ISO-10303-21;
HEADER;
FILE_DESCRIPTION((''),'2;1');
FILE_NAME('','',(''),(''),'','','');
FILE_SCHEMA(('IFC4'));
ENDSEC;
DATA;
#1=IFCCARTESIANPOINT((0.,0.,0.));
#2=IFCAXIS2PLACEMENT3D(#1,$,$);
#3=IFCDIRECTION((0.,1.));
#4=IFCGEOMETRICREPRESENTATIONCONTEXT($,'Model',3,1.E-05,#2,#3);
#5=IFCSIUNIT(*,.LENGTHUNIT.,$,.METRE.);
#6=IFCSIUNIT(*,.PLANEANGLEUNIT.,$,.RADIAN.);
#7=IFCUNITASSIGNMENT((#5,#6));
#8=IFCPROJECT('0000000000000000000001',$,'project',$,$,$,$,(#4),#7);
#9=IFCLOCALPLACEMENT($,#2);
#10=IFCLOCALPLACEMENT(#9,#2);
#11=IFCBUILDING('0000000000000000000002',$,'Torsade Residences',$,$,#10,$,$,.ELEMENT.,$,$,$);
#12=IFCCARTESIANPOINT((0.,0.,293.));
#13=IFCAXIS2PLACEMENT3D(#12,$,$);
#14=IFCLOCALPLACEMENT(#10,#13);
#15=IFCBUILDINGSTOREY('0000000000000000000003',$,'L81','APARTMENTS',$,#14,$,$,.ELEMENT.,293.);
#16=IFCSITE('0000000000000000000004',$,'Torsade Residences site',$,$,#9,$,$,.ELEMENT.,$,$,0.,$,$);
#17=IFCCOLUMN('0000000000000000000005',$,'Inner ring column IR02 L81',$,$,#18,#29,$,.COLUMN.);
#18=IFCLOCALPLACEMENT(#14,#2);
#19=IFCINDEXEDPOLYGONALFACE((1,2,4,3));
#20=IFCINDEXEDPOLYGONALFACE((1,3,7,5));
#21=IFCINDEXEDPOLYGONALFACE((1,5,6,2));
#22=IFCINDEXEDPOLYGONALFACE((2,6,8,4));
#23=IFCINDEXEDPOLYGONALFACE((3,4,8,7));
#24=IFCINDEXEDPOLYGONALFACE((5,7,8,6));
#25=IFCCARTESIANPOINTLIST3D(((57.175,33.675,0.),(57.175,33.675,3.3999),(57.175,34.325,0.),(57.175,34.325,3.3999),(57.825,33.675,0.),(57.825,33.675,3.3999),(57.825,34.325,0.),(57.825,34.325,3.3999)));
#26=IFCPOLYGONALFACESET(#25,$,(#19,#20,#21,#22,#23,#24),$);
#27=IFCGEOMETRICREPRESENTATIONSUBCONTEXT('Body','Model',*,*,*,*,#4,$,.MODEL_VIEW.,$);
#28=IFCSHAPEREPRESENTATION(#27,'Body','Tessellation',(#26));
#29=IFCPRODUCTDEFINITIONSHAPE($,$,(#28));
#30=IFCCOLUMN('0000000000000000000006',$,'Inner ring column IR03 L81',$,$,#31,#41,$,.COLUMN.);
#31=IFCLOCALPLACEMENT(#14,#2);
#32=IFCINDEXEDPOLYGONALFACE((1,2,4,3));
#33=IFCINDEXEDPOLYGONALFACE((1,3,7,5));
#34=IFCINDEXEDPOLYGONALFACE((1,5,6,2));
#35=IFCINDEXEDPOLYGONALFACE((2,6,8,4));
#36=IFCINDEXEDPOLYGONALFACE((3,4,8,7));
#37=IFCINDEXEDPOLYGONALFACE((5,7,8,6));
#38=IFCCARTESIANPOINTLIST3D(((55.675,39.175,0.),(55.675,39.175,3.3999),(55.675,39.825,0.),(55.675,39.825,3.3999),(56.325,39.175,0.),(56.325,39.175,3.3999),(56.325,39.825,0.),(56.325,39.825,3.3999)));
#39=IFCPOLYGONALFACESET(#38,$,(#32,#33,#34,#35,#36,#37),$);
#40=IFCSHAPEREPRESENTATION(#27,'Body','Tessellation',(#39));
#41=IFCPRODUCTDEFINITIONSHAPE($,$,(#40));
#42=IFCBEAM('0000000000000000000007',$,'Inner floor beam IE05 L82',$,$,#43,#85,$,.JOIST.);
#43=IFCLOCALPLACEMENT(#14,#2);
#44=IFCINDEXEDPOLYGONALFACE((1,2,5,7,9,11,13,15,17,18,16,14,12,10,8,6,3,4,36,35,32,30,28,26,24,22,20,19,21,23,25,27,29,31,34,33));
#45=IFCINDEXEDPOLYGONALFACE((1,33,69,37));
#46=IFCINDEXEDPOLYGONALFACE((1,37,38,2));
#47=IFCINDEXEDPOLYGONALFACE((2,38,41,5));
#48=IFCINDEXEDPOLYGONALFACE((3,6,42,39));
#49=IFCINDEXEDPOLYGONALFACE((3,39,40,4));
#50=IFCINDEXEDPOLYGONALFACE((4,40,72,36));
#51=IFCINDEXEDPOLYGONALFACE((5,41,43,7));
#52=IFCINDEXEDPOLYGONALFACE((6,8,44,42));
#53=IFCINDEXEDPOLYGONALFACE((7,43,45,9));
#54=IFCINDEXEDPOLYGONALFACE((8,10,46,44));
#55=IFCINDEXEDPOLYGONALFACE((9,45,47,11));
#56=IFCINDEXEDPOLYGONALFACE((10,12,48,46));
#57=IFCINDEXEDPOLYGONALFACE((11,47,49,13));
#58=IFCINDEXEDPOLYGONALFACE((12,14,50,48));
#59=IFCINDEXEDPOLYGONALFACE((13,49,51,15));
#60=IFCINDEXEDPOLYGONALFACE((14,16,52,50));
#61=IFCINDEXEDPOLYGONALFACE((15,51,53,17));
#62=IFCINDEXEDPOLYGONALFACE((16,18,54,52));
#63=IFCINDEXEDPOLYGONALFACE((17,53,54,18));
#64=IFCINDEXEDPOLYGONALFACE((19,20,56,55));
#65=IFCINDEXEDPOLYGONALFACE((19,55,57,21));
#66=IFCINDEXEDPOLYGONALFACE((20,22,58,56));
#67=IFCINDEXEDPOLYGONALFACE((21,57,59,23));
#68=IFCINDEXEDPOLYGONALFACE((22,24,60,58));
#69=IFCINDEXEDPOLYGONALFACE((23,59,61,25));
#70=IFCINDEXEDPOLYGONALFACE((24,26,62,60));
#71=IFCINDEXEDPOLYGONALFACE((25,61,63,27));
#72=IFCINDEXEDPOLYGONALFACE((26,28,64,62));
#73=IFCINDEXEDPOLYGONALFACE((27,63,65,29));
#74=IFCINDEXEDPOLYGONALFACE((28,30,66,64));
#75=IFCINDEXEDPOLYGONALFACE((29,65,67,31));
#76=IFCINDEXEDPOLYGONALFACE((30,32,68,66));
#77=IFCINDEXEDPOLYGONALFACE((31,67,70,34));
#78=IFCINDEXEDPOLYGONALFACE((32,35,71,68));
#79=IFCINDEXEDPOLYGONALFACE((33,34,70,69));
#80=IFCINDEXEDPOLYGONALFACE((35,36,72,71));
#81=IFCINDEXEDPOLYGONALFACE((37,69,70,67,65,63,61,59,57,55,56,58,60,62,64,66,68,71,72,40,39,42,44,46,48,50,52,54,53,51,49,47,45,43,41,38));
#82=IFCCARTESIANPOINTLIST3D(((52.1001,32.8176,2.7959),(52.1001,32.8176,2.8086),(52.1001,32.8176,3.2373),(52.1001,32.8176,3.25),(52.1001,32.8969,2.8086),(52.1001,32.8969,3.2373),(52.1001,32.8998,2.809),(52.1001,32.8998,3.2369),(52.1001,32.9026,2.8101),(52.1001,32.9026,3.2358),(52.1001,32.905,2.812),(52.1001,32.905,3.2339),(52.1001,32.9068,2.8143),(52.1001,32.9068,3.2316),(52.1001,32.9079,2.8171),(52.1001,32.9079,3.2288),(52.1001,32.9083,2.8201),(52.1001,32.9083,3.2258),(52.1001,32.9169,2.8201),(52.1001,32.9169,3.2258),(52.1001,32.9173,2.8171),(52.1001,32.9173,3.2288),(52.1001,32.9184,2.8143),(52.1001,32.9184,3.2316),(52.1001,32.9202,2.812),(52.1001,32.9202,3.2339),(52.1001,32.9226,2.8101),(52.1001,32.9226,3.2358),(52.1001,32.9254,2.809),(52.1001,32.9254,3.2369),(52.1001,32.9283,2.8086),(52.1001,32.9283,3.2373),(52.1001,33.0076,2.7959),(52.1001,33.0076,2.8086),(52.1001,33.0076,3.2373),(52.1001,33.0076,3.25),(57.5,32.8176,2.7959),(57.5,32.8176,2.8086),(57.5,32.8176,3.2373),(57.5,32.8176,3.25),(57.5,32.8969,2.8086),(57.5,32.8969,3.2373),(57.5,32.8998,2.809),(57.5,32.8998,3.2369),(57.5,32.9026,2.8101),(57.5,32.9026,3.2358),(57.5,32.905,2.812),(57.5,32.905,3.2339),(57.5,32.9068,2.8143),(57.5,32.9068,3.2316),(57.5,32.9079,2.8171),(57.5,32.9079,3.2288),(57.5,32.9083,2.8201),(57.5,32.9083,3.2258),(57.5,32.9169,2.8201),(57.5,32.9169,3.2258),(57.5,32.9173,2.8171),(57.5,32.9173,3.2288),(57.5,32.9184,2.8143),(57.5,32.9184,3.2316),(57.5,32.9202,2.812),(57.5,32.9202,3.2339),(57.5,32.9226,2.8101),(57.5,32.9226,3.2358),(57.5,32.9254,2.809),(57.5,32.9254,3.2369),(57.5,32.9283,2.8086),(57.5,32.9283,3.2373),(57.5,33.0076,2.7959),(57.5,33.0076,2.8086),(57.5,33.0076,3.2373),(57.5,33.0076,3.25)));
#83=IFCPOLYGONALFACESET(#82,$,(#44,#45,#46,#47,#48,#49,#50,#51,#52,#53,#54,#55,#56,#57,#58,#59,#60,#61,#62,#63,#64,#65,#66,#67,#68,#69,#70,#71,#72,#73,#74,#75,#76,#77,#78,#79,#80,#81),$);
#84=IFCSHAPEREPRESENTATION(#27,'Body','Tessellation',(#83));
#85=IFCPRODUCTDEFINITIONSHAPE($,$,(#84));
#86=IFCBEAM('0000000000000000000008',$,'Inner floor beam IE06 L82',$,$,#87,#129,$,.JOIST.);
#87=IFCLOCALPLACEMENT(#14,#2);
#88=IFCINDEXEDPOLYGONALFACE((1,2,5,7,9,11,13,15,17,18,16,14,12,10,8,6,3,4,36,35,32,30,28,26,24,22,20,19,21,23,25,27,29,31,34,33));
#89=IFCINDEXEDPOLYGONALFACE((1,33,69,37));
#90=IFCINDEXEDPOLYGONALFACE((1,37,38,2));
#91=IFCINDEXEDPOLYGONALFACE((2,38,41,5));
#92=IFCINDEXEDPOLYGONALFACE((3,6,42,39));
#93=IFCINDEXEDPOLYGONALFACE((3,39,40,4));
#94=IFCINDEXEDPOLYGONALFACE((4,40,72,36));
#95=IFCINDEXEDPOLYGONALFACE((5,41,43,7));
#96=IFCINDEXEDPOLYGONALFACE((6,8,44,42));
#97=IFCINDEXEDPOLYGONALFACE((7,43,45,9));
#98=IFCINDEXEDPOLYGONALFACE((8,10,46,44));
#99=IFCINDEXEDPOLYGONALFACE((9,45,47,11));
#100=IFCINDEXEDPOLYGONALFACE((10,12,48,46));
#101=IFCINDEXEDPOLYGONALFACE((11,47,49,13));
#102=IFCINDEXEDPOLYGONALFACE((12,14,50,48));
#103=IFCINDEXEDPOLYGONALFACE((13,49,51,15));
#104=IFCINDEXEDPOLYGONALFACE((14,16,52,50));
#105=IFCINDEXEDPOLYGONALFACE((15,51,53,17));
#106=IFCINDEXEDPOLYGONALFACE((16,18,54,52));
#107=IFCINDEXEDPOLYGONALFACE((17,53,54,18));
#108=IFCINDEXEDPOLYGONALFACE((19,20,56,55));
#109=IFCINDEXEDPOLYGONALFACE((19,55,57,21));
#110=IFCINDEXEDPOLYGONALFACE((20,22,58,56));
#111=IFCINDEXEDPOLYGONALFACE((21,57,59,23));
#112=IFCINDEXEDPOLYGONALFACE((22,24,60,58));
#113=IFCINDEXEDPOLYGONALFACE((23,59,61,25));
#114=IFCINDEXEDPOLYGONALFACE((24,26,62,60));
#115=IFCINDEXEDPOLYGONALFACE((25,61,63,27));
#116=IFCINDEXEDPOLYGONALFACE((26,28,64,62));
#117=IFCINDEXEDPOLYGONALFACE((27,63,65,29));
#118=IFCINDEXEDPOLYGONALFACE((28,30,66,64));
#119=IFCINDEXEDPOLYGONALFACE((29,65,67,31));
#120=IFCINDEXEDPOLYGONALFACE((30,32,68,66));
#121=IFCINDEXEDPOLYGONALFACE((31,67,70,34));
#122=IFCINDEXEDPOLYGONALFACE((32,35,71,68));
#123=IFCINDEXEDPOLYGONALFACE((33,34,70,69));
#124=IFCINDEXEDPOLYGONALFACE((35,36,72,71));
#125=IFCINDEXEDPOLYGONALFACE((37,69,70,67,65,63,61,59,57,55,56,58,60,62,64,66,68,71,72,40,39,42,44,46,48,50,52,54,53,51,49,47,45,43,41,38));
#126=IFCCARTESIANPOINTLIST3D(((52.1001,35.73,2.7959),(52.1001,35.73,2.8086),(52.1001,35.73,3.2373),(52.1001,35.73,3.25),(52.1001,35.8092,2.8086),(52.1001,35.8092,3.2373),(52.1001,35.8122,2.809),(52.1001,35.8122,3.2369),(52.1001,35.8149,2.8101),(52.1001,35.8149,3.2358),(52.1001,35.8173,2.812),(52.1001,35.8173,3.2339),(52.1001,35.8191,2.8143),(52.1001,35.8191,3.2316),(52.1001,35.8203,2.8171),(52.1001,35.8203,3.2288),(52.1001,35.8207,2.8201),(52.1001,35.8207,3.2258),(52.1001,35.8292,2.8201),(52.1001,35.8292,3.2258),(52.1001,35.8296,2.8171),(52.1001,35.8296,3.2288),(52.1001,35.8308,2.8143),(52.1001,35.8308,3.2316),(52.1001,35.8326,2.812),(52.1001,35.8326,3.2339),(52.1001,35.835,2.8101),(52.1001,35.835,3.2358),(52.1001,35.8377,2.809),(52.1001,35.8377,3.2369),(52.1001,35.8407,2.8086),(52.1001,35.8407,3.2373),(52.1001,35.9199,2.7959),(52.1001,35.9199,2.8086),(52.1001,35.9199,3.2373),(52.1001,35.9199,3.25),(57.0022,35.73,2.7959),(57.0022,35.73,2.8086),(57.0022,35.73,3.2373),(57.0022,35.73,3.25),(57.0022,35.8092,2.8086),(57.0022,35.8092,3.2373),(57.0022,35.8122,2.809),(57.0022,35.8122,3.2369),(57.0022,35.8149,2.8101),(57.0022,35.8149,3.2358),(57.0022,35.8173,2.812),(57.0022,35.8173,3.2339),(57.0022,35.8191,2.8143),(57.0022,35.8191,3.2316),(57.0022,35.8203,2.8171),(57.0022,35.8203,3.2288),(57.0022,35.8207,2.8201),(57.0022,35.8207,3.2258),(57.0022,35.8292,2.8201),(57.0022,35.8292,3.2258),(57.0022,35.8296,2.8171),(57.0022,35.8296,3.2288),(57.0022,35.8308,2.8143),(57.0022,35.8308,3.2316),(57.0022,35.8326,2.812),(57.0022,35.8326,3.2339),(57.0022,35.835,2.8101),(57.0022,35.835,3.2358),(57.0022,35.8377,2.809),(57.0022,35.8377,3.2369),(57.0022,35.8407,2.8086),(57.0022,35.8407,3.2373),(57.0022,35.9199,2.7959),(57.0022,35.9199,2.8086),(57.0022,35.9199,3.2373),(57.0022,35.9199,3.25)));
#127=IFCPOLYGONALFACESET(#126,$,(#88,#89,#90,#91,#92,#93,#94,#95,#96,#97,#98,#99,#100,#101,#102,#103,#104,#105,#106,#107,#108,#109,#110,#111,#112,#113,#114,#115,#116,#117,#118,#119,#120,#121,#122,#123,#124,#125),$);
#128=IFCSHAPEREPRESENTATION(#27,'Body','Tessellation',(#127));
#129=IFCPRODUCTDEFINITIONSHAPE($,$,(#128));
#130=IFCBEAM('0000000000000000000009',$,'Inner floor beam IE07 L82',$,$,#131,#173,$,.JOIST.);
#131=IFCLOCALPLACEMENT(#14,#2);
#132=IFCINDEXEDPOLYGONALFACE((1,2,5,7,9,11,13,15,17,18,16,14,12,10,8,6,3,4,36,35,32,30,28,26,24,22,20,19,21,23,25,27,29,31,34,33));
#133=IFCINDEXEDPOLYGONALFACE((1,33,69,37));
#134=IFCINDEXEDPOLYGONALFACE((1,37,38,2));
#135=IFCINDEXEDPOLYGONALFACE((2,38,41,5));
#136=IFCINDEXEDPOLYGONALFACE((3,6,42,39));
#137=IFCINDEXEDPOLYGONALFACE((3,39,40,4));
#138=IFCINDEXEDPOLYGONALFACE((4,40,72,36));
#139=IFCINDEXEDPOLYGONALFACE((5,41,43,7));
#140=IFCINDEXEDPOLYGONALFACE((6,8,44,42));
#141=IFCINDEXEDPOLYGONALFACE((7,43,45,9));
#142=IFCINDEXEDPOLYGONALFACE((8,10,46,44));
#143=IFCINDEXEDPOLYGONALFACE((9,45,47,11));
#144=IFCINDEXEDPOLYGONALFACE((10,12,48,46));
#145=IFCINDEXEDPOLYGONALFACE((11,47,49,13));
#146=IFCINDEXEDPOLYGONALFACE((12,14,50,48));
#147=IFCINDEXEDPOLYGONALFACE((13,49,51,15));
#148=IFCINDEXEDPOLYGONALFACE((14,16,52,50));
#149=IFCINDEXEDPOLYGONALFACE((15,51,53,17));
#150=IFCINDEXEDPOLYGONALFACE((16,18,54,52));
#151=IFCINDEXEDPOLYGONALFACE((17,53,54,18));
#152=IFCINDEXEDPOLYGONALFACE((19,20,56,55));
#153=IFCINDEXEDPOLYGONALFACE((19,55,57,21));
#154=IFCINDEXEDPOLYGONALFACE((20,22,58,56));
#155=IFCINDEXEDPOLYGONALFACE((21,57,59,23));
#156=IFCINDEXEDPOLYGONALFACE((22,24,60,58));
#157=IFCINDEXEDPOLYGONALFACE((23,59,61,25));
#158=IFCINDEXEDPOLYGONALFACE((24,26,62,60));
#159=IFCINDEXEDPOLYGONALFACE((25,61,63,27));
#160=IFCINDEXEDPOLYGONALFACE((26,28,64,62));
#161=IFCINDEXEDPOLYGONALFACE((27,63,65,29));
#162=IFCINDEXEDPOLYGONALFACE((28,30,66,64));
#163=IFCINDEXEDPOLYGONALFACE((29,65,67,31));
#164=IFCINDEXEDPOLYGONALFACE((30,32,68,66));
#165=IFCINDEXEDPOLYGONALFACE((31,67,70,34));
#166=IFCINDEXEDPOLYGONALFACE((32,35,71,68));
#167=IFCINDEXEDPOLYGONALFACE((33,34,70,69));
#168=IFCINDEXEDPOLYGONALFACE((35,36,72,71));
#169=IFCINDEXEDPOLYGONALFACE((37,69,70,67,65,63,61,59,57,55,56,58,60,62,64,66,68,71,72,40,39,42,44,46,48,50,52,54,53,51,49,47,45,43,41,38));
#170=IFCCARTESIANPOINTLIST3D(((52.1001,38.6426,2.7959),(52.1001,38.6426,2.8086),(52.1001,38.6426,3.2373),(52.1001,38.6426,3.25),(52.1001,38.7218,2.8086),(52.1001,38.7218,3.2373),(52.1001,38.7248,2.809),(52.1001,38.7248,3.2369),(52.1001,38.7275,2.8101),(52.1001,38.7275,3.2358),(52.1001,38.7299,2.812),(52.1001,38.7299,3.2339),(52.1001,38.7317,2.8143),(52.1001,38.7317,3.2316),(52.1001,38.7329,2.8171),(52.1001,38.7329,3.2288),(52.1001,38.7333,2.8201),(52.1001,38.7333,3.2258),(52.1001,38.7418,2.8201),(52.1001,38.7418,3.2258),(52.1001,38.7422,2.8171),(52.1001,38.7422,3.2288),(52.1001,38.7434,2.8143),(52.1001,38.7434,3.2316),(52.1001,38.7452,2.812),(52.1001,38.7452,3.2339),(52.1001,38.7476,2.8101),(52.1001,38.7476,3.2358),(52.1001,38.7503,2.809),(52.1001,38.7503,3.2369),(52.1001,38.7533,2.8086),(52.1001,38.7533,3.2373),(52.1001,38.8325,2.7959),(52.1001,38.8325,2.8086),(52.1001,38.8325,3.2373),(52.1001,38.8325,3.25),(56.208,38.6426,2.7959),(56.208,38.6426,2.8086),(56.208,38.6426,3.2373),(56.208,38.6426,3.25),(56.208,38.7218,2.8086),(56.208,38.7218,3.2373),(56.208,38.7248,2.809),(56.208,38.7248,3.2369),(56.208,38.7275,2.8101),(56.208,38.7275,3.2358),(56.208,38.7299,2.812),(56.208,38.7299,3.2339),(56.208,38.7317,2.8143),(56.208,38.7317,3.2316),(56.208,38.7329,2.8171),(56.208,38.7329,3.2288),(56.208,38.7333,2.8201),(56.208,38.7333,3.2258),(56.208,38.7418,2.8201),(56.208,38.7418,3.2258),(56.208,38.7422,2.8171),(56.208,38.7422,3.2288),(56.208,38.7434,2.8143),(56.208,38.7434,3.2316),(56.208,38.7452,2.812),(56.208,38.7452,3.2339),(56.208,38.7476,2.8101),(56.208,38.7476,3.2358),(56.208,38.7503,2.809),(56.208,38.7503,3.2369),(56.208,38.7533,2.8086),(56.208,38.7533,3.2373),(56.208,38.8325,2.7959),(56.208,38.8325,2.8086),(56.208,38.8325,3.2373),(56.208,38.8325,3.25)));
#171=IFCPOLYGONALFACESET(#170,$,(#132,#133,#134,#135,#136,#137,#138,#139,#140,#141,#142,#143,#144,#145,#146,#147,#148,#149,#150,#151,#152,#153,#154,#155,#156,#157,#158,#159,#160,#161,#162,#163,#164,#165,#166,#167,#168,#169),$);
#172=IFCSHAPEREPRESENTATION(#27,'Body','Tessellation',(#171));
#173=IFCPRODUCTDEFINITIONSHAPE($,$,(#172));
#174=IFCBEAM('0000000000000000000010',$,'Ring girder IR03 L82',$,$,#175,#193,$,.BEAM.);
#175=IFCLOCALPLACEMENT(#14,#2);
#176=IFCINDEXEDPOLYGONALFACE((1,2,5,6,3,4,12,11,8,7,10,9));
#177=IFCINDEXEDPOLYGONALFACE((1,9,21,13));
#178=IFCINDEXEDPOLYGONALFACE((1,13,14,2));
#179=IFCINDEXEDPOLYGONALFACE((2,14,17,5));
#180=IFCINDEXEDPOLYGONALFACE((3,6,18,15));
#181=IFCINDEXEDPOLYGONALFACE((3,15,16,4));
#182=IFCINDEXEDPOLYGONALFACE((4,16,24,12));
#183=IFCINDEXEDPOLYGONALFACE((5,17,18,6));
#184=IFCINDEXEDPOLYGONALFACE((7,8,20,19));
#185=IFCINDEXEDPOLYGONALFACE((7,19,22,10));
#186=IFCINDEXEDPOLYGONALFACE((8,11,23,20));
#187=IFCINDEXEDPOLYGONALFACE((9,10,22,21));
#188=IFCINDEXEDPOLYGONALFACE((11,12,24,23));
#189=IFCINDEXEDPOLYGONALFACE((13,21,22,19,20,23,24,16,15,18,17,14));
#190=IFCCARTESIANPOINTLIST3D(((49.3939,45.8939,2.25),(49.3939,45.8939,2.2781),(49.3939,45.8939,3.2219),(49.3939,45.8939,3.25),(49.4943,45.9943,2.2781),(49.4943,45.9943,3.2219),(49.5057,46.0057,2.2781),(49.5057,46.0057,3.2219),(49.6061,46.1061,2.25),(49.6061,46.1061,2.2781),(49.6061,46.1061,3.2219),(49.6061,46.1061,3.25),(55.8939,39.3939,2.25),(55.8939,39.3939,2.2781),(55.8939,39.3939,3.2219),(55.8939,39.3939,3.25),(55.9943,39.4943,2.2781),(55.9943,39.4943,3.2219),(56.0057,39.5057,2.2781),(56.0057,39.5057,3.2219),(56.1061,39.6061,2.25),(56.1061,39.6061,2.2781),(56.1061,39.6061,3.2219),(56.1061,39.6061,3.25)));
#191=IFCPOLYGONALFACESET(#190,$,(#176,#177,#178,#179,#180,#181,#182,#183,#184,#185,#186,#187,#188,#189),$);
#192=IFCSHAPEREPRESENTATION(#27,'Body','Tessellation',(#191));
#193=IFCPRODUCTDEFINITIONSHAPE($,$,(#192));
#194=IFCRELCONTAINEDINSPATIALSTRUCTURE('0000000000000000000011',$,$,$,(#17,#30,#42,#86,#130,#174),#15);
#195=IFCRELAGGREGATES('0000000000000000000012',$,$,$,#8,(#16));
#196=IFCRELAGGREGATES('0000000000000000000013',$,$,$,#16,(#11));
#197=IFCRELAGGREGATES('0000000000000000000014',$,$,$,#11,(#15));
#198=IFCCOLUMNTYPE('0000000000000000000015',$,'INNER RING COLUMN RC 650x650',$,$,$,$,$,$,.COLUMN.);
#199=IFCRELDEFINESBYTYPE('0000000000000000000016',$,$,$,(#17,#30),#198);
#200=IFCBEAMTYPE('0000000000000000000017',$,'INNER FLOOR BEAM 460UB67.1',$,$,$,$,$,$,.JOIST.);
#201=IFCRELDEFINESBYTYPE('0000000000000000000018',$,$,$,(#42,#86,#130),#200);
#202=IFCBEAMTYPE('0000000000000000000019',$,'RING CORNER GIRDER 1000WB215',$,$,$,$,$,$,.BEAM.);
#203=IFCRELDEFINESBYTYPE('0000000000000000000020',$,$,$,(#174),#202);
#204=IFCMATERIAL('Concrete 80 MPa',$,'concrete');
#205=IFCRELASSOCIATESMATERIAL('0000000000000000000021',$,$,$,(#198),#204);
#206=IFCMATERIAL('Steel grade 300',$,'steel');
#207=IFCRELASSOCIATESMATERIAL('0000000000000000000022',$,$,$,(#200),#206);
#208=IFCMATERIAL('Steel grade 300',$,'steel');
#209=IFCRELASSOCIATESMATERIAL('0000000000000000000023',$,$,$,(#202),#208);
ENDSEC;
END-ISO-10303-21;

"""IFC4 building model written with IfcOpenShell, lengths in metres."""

from ifc_helpers import new_model, si_unit, direction, frame, origin, origin_2d, place, context, subcontext, project, spatial, rectangle, i_section, extrude, material, material_profile, profile_set, type_object, element, save


model = new_model("IFC4")

# Units and contexts
model_context = context("Model", 3, precision=1e-05, world=origin(), true_north=direction((0.0, 1.0)))
body_context = subcontext(model_context, "Body", "Model", "MODEL_VIEW")
ifc_project = project(units=[si_unit("LENGTHUNIT", "METRE"), si_unit("PLANEANGLEUNIT", "RADIAN")], contexts=[model_context])

# Site, building, storey
site_placement = place(None, origin())
site = spatial("IfcSite", under=ifc_project, at=site_placement, Name="Torsade Residences site", CompositionType="ELEMENT", RefElevation=0.0)
building_placement = place(site_placement, origin())
building = spatial("IfcBuilding", under=site, at=building_placement, Name="Torsade Residences", CompositionType="ELEMENT")
storey_placement = place(building_placement, frame((0.0, 0.0, 293.0)))
storey = spatial("IfcBuildingStorey", under=building, at=storey_placement, Name="L81", Description="APARTMENTS", CompositionType="ELEMENT", Elevation=293.0)

# Columns
ifc_material_1 = material(Name="Concrete 80 MPa", Category="concrete")
ifc_material_profile_1 = material_profile(ifc_material_1, rectangle(XDim=0.6499, YDim=0.6499, at=origin_2d()), Name="RC 650x650")
ifc_profile_set_1 = profile_set([ifc_material_profile_1], Name="Concrete 80 MPa")
column_type = type_object("IfcColumnType", Name="INNER RING COLUMN RC 650x650", PredefinedType="COLUMN", material=ifc_profile_set_1)
for number, where, z_axis, x_axis, name in (
    (1, (57.5, 34.0, 0.0), (0.0, 0.0, 1.0), (1.0, 0.0, 0.0), "Inner ring column IR02 L81"),
    (2, (56.0, 39.5, 0.0), (0.0, 0.0, 1.0), (1.0, 0.0, 0.0), "Inner ring column IR03 L81"),
):
    element("IfcColumn", number, at=place(storey_placement, frame(where, z_axis=z_axis, x_axis=x_axis)), inside=storey, type_object=column_type, Name=name, PredefinedType="COLUMN", context=body_context, shape_type="SweptSolid", body=[
        extrude(rectangle(XDim=0.6499, YDim=0.6499, at=origin_2d()), origin(), (0.0, 0.0, 1.0), 3.3999),
    ])

# Beams
ifc_material_2 = material(Name="Steel grade 300", Category="steel")
ifc_material_profile_2 = material_profile(ifc_material_2, i_section(OverallWidth=0.1899, OverallDepth=0.4541, WebThickness=0.0085, FlangeThickness=0.0127, FilletRadius=0.0115, at=origin_2d()), Name="460UB67.1")
ifc_profile_set_2 = profile_set([ifc_material_profile_2], Name="Steel grade 300")
beam_type_1 = type_object("IfcBeamType", Name="INNER FLOOR BEAM 460UB67.1", PredefinedType="JOIST", material=ifc_profile_set_2)
beam_1_placement = place(storey_placement, frame((52.1001, 32.9126, 3.0229), z_axis=(1.0, 0.0, 0.0), x_axis=(0.0, 1.0, 0.0)))
element("IfcBeam", 3, at=beam_1_placement, inside=storey, type_object=beam_type_1, Name="Inner floor beam IE05 L82", PredefinedType="JOIST", context=body_context, shape_type="SweptSolid", body=[
    extrude(i_section(OverallWidth=0.1899, OverallDepth=0.4541, WebThickness=0.0085, FlangeThickness=0.0127, FilletRadius=0.0115, at=origin_2d()), origin(), (0.0, 0.0, 1.0), 5.3999),
])
beam_2_placement = place(storey_placement, frame((52.1001, 35.825, 3.0229), z_axis=(1.0, 0.0, 0.0), x_axis=(0.0, 1.0, 0.0)))
element("IfcBeam", 4, at=beam_2_placement, inside=storey, type_object=beam_type_1, Name="Inner floor beam IE06 L82", PredefinedType="JOIST", context=body_context, shape_type="SweptSolid", body=[
    extrude(i_section(OverallWidth=0.1899, OverallDepth=0.4541, WebThickness=0.0085, FlangeThickness=0.0127, FilletRadius=0.0115, at=origin_2d()), origin(), (0.0, 0.0, 1.0), 4.9021),
])
beam_3_placement = place(storey_placement, frame((52.1001, 38.7375, 3.0229), z_axis=(1.0, 0.0, 0.0), x_axis=(0.0, 1.0, 0.0)))
element("IfcBeam", 5, at=beam_3_placement, inside=storey, type_object=beam_type_1, Name="Inner floor beam IE07 L82", PredefinedType="JOIST", context=body_context, shape_type="SweptSolid", body=[
    extrude(i_section(OverallWidth=0.1899, OverallDepth=0.4541, WebThickness=0.0085, FlangeThickness=0.0127, FilletRadius=0.0115, at=origin_2d()), origin(), (0.0, 0.0, 1.0), 4.1079),
])
ifc_material_3 = material(Name="Steel grade 300", Category="steel")
ifc_material_profile_3 = material_profile(ifc_material_3, i_section(OverallWidth=0.3, OverallDepth=1.0, WebThickness=0.0161, FlangeThickness=0.0281, at=origin_2d()), Name="1000WB215")
ifc_profile_set_3 = profile_set([ifc_material_profile_3], Name="Steel grade 300")
beam_type_2 = type_object("IfcBeamType", Name="RING CORNER GIRDER 1000WB215", PredefinedType="BEAM", material=ifc_profile_set_3)
beam_4_placement = place(storey_placement, frame((56.0, 39.5, 2.75), z_axis=(-0.707107, 0.707107, 0.0), x_axis=(-0.707107, -0.707107, 0.0)))
element("IfcBeam", 6, at=beam_4_placement, inside=storey, type_object=beam_type_2, Name="Ring girder IR03 L82", PredefinedType="BEAM", context=body_context, shape_type="SweptSolid", body=[
    extrude(i_section(OverallWidth=0.3, OverallDepth=1.0, WebThickness=0.0161, FlangeThickness=0.0281, at=origin_2d()), origin(), (0.0, 0.0, 1.0), 9.1924),
])

save(model, "model.ifc")
